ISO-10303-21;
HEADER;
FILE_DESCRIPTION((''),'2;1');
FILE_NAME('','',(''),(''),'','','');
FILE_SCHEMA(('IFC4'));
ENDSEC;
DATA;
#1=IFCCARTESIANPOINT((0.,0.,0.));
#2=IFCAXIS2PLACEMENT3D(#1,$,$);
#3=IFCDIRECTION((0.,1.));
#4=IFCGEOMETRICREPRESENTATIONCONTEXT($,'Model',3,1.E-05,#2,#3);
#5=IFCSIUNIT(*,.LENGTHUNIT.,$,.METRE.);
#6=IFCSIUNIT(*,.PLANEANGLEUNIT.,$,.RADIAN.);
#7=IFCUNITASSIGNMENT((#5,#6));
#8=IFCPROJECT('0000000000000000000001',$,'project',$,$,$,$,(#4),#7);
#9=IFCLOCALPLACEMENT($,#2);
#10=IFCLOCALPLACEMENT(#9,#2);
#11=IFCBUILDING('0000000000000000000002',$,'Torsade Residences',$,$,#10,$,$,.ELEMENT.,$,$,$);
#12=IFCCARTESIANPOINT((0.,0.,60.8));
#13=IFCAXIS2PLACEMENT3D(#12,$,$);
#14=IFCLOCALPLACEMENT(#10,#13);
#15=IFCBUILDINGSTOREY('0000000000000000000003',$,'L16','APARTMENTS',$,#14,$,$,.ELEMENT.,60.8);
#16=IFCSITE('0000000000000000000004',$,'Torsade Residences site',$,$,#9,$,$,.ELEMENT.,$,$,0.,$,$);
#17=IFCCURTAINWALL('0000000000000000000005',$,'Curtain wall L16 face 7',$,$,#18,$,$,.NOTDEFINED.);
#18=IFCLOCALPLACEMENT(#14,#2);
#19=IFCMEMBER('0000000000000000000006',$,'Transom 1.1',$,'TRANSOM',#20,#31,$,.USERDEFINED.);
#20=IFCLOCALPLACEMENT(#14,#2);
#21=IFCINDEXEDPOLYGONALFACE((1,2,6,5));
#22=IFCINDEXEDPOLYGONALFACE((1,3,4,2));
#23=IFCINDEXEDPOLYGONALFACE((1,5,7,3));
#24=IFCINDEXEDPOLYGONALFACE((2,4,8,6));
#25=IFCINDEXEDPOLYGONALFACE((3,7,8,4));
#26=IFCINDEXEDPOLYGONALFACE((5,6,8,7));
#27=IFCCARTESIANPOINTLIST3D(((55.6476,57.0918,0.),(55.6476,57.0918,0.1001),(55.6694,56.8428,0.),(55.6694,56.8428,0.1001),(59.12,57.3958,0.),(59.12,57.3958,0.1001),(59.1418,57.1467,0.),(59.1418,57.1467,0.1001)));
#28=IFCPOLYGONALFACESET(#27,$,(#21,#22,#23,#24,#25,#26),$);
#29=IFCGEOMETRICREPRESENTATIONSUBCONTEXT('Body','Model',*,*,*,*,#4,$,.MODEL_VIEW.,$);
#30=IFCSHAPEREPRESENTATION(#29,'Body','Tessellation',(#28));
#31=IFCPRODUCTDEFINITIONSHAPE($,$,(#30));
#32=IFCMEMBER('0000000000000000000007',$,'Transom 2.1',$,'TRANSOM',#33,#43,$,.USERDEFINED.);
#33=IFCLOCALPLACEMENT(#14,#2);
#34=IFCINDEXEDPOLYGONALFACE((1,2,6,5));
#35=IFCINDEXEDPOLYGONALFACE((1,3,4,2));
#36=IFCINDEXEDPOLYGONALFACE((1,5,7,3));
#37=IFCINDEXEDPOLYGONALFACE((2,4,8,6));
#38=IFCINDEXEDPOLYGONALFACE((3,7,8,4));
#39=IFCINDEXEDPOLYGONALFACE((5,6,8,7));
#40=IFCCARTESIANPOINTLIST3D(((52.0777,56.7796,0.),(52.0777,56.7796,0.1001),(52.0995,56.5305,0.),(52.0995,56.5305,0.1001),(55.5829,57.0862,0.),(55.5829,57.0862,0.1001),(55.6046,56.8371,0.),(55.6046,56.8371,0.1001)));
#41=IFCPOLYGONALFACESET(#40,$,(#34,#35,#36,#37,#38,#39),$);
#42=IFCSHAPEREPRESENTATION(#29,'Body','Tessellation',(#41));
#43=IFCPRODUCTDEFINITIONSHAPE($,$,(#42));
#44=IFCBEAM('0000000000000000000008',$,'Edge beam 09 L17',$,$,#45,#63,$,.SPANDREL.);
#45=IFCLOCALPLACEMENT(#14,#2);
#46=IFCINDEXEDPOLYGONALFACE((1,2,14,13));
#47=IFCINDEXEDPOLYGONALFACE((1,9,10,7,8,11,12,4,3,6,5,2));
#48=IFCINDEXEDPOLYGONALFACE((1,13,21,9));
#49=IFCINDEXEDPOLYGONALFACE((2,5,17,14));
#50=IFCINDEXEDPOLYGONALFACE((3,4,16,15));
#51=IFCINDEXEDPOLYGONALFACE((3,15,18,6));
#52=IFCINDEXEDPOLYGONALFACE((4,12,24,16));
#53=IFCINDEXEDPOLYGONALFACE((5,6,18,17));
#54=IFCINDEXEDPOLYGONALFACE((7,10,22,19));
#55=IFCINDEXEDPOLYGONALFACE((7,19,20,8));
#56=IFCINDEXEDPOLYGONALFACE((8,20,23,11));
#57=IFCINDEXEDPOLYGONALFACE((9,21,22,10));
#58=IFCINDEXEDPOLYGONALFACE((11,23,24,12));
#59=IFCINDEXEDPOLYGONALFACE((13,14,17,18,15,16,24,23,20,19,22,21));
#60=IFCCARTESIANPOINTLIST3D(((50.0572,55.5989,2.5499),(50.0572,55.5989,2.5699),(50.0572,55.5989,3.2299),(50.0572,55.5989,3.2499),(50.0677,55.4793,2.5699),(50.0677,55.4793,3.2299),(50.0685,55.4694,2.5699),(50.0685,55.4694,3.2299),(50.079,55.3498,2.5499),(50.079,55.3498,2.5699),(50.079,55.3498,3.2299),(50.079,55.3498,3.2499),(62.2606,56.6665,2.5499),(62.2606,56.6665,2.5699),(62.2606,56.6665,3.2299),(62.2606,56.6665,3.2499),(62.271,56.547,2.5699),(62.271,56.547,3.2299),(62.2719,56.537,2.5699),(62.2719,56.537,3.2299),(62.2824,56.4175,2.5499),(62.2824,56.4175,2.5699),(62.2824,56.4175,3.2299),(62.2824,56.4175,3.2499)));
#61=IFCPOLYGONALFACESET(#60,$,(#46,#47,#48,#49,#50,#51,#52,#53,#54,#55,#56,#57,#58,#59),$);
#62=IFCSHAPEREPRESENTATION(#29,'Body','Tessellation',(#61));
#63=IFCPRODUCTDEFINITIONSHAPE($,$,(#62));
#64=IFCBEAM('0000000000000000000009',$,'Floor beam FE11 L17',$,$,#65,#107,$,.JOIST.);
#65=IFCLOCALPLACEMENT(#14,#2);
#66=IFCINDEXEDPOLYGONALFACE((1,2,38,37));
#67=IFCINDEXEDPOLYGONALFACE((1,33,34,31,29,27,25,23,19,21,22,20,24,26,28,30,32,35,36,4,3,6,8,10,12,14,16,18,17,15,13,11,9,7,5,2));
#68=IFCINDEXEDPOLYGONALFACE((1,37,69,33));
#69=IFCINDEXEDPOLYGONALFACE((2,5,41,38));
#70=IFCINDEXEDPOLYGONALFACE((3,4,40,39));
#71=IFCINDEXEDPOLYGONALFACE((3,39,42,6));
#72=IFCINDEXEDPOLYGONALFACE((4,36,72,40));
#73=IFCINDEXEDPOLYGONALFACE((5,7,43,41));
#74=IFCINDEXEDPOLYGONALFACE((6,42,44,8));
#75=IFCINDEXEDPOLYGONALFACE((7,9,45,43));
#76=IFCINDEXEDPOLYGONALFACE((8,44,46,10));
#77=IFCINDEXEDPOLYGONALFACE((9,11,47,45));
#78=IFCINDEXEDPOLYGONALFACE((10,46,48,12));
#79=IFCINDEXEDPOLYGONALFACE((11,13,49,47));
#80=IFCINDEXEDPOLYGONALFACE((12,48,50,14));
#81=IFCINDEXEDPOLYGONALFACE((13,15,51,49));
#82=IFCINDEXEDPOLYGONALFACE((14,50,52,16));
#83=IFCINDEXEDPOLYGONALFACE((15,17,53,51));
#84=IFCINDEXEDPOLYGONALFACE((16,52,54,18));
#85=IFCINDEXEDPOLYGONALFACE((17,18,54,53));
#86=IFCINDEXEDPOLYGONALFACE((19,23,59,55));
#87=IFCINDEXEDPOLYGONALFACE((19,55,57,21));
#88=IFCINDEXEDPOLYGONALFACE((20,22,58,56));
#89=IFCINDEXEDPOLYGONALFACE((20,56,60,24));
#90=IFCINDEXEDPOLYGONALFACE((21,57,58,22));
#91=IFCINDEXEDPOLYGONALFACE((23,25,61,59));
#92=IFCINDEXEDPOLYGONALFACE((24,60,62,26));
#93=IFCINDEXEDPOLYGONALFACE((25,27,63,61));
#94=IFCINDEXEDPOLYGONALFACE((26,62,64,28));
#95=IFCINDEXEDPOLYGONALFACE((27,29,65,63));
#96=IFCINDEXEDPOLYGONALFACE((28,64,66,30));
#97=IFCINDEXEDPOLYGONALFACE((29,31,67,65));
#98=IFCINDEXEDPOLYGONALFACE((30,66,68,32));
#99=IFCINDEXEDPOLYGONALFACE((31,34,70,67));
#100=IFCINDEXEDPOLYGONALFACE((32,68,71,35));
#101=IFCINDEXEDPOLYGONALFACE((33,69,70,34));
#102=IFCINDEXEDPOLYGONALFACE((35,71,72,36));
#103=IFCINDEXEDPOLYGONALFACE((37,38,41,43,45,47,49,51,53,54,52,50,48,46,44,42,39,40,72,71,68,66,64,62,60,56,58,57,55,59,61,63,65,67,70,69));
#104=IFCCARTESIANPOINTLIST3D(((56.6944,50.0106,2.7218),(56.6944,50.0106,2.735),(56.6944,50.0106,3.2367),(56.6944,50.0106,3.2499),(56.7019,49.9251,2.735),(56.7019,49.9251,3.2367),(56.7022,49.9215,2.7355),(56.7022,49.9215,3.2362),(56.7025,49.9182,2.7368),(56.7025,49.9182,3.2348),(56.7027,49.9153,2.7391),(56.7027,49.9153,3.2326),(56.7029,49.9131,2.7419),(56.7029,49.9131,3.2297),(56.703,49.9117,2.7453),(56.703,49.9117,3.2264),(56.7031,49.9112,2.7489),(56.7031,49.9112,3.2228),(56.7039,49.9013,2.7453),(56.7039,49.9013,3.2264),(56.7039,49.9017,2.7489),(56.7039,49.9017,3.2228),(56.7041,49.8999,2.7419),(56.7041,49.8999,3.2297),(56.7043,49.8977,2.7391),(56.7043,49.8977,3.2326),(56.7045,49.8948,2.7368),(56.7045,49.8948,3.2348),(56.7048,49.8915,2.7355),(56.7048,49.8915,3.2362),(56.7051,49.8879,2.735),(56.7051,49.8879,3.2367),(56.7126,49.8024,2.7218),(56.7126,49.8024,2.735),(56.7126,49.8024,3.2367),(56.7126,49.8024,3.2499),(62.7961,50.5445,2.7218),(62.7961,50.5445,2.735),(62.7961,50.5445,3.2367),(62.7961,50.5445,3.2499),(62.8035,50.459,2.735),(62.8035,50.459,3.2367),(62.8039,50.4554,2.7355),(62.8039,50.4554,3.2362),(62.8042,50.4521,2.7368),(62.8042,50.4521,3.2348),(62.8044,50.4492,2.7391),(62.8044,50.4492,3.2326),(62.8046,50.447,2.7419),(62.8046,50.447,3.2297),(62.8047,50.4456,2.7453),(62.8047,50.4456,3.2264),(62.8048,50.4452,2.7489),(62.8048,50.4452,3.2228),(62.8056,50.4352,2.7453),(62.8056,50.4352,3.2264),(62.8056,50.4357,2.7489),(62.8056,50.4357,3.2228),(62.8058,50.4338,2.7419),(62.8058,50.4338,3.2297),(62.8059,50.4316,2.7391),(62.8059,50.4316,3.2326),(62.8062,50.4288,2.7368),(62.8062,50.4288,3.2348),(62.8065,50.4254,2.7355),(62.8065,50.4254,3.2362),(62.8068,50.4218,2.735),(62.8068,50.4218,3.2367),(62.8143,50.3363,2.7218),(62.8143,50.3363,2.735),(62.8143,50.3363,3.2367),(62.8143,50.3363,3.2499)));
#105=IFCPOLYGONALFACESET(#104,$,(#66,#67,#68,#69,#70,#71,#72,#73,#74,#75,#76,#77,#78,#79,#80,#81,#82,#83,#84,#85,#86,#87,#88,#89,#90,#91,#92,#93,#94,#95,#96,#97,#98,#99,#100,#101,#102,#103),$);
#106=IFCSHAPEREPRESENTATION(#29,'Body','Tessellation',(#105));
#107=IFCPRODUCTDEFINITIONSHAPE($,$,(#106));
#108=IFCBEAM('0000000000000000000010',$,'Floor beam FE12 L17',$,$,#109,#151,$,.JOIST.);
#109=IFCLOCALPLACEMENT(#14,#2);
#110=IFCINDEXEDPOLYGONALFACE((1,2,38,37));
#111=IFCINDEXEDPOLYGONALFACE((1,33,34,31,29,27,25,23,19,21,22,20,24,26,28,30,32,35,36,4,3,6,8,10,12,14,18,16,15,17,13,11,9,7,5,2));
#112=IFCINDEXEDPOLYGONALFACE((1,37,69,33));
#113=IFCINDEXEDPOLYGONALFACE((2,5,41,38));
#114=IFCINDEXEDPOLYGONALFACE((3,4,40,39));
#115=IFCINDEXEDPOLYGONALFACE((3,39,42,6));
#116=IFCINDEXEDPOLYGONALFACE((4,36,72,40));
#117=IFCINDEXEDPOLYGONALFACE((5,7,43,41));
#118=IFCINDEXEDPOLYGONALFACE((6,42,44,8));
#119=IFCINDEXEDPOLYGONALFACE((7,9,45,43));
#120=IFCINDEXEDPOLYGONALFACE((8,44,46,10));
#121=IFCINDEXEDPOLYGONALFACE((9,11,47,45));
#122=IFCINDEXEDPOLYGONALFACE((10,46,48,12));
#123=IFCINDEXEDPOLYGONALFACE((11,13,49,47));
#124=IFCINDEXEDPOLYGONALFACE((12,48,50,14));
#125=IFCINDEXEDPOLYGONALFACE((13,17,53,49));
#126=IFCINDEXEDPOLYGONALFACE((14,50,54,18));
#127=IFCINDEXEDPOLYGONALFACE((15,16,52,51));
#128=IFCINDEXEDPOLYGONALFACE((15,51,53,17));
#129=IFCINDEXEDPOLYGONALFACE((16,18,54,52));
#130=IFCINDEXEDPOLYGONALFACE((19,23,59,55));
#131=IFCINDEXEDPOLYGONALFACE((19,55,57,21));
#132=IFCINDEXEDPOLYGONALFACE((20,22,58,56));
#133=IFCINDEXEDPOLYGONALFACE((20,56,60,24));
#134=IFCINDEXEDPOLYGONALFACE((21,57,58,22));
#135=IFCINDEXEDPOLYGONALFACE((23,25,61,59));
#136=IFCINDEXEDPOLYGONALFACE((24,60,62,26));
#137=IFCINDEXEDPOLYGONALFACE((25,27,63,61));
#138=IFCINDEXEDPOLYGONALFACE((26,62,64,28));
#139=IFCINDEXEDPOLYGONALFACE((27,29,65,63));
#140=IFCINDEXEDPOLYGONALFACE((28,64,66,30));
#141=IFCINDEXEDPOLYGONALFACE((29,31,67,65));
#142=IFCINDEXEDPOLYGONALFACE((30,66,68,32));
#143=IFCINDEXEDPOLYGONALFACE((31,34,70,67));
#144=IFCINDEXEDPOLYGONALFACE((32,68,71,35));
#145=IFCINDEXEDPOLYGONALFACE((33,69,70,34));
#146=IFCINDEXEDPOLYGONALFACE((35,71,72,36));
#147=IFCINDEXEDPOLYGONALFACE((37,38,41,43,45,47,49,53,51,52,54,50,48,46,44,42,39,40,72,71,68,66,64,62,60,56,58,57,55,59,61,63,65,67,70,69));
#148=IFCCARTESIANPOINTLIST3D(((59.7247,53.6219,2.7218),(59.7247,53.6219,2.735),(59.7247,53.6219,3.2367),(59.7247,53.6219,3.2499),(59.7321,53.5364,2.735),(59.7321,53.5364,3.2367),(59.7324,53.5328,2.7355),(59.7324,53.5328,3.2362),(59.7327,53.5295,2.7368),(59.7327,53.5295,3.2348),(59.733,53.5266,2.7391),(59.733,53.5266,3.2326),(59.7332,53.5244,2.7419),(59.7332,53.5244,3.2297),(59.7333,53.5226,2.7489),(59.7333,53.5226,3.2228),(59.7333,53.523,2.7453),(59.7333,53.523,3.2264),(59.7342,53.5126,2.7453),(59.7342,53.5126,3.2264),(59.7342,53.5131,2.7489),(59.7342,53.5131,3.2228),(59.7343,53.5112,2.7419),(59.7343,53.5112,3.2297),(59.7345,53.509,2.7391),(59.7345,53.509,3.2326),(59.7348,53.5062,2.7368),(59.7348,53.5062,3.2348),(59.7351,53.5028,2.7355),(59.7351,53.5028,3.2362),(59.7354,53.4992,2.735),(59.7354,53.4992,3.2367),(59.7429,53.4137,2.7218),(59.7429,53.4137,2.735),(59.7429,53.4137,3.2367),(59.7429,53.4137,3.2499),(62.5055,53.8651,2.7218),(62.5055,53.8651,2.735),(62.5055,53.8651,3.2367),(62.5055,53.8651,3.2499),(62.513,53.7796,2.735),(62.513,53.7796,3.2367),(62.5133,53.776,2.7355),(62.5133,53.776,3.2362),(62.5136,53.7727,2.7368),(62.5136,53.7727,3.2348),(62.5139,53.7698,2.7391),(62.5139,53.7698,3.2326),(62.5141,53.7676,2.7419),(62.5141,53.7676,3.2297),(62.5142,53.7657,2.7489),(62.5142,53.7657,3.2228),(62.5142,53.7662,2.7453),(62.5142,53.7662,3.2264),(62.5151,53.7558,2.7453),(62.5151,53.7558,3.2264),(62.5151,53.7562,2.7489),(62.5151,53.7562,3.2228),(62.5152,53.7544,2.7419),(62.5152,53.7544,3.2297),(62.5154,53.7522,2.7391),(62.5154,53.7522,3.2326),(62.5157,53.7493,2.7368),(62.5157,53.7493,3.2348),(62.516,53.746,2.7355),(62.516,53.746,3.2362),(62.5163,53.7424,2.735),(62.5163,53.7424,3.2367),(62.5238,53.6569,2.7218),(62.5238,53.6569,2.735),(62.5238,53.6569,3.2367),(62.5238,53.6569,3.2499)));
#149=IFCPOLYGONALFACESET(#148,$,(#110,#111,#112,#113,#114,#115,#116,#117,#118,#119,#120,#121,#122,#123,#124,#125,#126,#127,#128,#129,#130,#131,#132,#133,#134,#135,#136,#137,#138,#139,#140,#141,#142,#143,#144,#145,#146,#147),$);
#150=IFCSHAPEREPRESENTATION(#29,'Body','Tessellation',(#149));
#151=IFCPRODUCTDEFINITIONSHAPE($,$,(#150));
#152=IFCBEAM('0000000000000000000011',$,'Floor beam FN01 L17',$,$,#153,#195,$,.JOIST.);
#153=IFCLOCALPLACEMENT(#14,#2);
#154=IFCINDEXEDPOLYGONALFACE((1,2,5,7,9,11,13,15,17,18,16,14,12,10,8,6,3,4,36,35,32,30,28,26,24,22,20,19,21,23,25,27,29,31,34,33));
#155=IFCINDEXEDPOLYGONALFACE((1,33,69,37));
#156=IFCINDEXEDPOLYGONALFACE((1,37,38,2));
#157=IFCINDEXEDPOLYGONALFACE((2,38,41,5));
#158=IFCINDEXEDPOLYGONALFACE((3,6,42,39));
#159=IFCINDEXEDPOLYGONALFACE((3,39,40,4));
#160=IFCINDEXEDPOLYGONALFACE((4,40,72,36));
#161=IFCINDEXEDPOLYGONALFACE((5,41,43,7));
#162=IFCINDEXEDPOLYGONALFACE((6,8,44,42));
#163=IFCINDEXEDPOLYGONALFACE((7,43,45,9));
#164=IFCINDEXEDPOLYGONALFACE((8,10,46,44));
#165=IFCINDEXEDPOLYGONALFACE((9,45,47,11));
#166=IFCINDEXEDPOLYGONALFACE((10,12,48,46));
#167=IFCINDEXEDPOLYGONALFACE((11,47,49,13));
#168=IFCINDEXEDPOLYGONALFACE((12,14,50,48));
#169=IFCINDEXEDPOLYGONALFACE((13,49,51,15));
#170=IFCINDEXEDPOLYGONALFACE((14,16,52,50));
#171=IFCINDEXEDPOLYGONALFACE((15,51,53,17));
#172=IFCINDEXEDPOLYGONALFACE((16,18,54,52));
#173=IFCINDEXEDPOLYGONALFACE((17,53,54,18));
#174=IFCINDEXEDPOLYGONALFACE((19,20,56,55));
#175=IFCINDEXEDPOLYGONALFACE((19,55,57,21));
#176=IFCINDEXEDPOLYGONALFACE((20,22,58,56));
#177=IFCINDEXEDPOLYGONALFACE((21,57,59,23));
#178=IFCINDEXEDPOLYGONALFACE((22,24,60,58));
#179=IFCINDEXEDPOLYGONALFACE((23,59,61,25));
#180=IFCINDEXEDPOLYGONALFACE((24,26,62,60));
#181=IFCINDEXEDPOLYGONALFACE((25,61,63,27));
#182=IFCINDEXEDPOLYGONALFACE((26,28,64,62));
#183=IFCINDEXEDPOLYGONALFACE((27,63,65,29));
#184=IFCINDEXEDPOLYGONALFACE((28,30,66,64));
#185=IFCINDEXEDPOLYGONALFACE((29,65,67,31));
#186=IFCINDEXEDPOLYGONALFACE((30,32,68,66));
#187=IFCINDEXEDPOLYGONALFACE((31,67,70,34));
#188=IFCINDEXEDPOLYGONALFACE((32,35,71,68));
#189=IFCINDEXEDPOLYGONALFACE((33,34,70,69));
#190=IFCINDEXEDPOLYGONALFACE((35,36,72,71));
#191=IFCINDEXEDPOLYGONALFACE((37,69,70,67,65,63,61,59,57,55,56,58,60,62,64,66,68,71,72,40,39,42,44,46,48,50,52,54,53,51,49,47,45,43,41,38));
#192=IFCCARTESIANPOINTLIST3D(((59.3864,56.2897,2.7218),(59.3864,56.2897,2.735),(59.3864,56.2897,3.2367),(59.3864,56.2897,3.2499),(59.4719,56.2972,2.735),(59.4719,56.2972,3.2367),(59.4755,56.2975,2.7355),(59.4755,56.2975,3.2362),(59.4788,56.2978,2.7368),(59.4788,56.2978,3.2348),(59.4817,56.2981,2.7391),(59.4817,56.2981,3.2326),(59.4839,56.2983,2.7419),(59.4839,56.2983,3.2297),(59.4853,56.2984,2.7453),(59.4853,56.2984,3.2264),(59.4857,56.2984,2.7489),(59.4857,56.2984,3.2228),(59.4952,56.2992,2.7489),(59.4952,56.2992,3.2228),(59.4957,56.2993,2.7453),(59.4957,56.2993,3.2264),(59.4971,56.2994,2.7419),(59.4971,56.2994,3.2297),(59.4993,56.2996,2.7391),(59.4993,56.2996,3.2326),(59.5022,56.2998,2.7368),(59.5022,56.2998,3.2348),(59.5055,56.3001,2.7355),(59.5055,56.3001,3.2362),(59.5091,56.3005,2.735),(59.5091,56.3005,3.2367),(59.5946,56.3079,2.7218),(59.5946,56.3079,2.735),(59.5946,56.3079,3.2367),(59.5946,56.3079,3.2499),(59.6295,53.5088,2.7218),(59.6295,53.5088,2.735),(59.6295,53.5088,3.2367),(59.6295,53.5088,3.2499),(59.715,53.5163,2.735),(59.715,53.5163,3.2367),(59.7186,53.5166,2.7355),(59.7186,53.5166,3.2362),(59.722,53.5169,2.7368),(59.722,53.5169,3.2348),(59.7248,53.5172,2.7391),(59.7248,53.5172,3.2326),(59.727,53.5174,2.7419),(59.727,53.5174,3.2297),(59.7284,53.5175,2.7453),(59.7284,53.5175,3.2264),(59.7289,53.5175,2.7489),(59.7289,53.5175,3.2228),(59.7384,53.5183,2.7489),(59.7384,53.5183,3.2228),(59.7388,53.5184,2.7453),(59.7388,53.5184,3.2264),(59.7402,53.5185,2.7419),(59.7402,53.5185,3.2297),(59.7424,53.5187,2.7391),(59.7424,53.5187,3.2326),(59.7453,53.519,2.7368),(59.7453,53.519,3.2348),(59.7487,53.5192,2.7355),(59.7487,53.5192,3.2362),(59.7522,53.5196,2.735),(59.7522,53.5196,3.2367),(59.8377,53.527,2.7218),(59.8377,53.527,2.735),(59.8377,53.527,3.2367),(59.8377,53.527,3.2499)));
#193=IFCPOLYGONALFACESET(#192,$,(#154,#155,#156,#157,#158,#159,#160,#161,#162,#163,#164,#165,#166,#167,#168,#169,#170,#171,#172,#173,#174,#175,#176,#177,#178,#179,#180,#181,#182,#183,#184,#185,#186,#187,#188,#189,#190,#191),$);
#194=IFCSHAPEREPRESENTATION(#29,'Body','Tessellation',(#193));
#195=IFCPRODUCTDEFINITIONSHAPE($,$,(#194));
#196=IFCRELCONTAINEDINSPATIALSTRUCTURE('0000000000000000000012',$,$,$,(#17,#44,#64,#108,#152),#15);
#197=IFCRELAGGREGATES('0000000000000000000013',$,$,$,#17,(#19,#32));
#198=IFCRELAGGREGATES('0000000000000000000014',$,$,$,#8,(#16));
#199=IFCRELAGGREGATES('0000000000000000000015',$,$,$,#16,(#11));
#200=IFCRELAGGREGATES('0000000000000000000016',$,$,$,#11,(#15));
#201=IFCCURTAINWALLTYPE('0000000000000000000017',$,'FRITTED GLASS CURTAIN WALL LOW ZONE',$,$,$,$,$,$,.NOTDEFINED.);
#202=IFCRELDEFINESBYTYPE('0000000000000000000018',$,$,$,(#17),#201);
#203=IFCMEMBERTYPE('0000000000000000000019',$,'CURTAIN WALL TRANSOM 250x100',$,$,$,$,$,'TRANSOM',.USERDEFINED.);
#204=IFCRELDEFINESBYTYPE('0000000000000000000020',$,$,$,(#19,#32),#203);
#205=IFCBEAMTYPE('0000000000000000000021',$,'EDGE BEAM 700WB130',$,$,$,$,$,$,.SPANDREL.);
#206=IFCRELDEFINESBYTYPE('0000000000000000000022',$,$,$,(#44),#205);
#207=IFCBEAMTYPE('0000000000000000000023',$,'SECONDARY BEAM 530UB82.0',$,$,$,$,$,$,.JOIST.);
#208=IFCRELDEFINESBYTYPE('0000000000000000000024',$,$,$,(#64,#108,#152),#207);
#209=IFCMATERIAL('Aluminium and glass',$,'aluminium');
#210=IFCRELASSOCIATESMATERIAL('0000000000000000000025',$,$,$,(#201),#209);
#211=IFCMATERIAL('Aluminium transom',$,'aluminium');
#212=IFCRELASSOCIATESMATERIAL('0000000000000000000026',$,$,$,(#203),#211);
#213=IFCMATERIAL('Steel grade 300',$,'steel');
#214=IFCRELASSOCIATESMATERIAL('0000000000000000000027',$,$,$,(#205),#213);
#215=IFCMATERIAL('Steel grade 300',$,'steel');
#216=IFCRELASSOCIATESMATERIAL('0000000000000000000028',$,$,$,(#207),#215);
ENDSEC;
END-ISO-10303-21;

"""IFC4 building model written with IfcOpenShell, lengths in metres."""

from ifc_helpers import new_model, si_unit, direction, frame, origin, origin_2d, place, context, subcontext, project, spatial, rectangle, i_section, extrude, material, material_profile, profile_set, type_object, element, aggregate, save


model = new_model("IFC4")

# Units and contexts
model_context = context("Model", 3, precision=1e-05, world=origin(), true_north=direction((0.0, 1.0)))
body_context = subcontext(model_context, "Body", "Model", "MODEL_VIEW")
ifc_project = project(units=[si_unit("LENGTHUNIT", "METRE"), si_unit("PLANEANGLEUNIT", "RADIAN")], contexts=[model_context])

# Site, building, storey
site_placement = place(None, origin())
site = spatial("IfcSite", under=ifc_project, at=site_placement, Name="Torsade Residences site", CompositionType="ELEMENT", RefElevation=0.0)
building_placement = place(site_placement, origin())
building = spatial("IfcBuilding", under=site, at=building_placement, Name="Torsade Residences", CompositionType="ELEMENT")
storey_placement = place(building_placement, frame((0.0, 0.0, 60.8)))
storey = spatial("IfcBuildingStorey", under=building, at=storey_placement, Name="L16", Description="APARTMENTS", CompositionType="ELEMENT", Elevation=60.8)

# Curtain wall
ifc_material_1 = material(Name="Aluminium and glass", Category="aluminium")
curtain_wall_type = type_object("IfcCurtainWallType", Name="FRITTED GLASS CURTAIN WALL LOW ZONE", PredefinedType="NOTDEFINED", material=ifc_material_1)
curtain_wall_1_placement = place(storey_placement, origin())
curtain_wall_1 = element("IfcCurtainWall", 1, at=curtain_wall_1_placement, inside=storey, type_object=curtain_wall_type, Name="Curtain wall L16 face 7", PredefinedType="NOTDEFINED")

# Members
ifc_material_2 = material(Name="Aluminium transom", Category="aluminium")
ifc_material_profile_1 = material_profile(ifc_material_2, rectangle(XDim=0.25, YDim=0.1001, at=origin_2d()), Name="CURTAIN WALL TRANSOM 250x100")
ifc_profile_set_1 = profile_set([ifc_material_profile_1], Name="Aluminium transom")
member_type_1 = type_object("IfcMemberType", Name="CURTAIN WALL TRANSOM 250x100", ElementType="TRANSOM", PredefinedType="USERDEFINED", material=ifc_profile_set_1)
member_1_placement = place(storey_placement, frame((59.1309, 57.2712, 0.05), z_axis=(-0.996191, -0.087201, 0.0), x_axis=(0.087201, -0.996191, 0.0)))
member_1 = element("IfcMember", 2, at=member_1_placement, type_object=member_type_1, Name="Transom 1.1", ObjectType="TRANSOM", PredefinedType="USERDEFINED", context=body_context, shape_type="SweptSolid", body=[
    extrude(rectangle(XDim=0.25, YDim=0.1001, at=origin_2d()), origin(), (0.0, 0.0, 1.0), 3.4856),
])
member_2_placement = place(storey_placement, frame((55.5938, 56.9617, 0.05), z_axis=(-0.996195, -0.087151, 0.0), x_axis=(0.087151, -0.996195, 0.0)))
member_2 = element("IfcMember", 3, at=member_2_placement, type_object=member_type_1, Name="Transom 2.1", ObjectType="TRANSOM", PredefinedType="USERDEFINED", context=body_context, shape_type="SweptSolid", body=[
    extrude(rectangle(XDim=0.25, YDim=0.1001, at=origin_2d()), origin(), (0.0, 0.0, 1.0), 3.5186),
])

# Beams
ifc_material_3 = material(Name="Steel grade 300", Category="steel")
ifc_material_profile_2 = material_profile(ifc_material_3, i_section(OverallWidth=0.25, OverallDepth=0.7, WebThickness=0.01, FlangeThickness=0.02, at=origin_2d()), Name="700WB130")
ifc_profile_set_2 = profile_set([ifc_material_profile_2], Name="Steel grade 300")
beam_type_1 = type_object("IfcBeamType", Name="EDGE BEAM 700WB130", PredefinedType="SPANDREL", material=ifc_profile_set_2)
beam_1_placement = place(storey_placement, frame((62.2715, 56.542, 2.8999), z_axis=(-0.996195, -0.087153, 0.0), x_axis=(0.087153, -0.996195, 0.0)))
element("IfcBeam", 4, at=beam_1_placement, inside=storey, type_object=beam_type_1, Name="Edge beam 09 L17", PredefinedType="SPANDREL", context=body_context, shape_type="SweptSolid", body=[
    extrude(i_section(OverallWidth=0.25, OverallDepth=0.7, WebThickness=0.01, FlangeThickness=0.02, at=origin_2d()), origin(), (0.0, 0.0, 1.0), 12.25),
])
ifc_material_4 = material(Name="Steel grade 300", Category="steel")
ifc_material_profile_3 = material_profile(ifc_material_4, i_section(OverallWidth=0.209, OverallDepth=0.5281, WebThickness=0.0095, FlangeThickness=0.0132, FilletRadius=0.0139, at=origin_2d()), Name="530UB82.0")
ifc_profile_set_3 = profile_set([ifc_material_profile_3], Name="Steel grade 300")
beam_type_2 = type_object("IfcBeamType", Name="SECONDARY BEAM 530UB82.0", PredefinedType="JOIST", material=ifc_profile_set_3)
beam_2_placement = place(storey_placement, frame((62.8052, 50.4404, 2.9858), z_axis=(-0.996193, -0.087175, 0.0), x_axis=(0.087175, -0.996193, 0.0)))
element("IfcBeam", 5, at=beam_2_placement, inside=storey, type_object=beam_type_2, Name="Floor beam FE11 L17", PredefinedType="JOIST", context=body_context, shape_type="SweptSolid", body=[
    extrude(i_section(OverallWidth=0.209, OverallDepth=0.5281, WebThickness=0.0095, FlangeThickness=0.0132, FilletRadius=0.0139, at=origin_2d()), origin(), (0.0, 0.0, 1.0), 6.125),
])
for number, where, z_axis, x_axis, name in (
    (6, (62.5146, 53.761, 2.9858), (-0.996199, -0.087105, 0.0), (0.087105, -0.996199, 0.0), "Floor beam FE12 L17"),
    (7, (59.4905, 56.2988, 2.9858), (0.087105, -0.996199, 0.0), (0.996199, 0.087105, 0.0), "Floor beam FN01 L17"),
):
    element("IfcBeam", number, at=place(storey_placement, frame(where, z_axis=z_axis, x_axis=x_axis)), inside=storey, type_object=beam_type_2, Name=name, PredefinedType="JOIST", context=body_context, shape_type="SweptSolid", body=[
        extrude(i_section(OverallWidth=0.209, OverallDepth=0.5281, WebThickness=0.0095, FlangeThickness=0.0132, FilletRadius=0.0139, at=origin_2d()), origin(), (0.0, 0.0, 1.0), 2.7915),
    ])

aggregate(curtain_wall_1, [member_1, member_2])

save(model, "model.ifc")
